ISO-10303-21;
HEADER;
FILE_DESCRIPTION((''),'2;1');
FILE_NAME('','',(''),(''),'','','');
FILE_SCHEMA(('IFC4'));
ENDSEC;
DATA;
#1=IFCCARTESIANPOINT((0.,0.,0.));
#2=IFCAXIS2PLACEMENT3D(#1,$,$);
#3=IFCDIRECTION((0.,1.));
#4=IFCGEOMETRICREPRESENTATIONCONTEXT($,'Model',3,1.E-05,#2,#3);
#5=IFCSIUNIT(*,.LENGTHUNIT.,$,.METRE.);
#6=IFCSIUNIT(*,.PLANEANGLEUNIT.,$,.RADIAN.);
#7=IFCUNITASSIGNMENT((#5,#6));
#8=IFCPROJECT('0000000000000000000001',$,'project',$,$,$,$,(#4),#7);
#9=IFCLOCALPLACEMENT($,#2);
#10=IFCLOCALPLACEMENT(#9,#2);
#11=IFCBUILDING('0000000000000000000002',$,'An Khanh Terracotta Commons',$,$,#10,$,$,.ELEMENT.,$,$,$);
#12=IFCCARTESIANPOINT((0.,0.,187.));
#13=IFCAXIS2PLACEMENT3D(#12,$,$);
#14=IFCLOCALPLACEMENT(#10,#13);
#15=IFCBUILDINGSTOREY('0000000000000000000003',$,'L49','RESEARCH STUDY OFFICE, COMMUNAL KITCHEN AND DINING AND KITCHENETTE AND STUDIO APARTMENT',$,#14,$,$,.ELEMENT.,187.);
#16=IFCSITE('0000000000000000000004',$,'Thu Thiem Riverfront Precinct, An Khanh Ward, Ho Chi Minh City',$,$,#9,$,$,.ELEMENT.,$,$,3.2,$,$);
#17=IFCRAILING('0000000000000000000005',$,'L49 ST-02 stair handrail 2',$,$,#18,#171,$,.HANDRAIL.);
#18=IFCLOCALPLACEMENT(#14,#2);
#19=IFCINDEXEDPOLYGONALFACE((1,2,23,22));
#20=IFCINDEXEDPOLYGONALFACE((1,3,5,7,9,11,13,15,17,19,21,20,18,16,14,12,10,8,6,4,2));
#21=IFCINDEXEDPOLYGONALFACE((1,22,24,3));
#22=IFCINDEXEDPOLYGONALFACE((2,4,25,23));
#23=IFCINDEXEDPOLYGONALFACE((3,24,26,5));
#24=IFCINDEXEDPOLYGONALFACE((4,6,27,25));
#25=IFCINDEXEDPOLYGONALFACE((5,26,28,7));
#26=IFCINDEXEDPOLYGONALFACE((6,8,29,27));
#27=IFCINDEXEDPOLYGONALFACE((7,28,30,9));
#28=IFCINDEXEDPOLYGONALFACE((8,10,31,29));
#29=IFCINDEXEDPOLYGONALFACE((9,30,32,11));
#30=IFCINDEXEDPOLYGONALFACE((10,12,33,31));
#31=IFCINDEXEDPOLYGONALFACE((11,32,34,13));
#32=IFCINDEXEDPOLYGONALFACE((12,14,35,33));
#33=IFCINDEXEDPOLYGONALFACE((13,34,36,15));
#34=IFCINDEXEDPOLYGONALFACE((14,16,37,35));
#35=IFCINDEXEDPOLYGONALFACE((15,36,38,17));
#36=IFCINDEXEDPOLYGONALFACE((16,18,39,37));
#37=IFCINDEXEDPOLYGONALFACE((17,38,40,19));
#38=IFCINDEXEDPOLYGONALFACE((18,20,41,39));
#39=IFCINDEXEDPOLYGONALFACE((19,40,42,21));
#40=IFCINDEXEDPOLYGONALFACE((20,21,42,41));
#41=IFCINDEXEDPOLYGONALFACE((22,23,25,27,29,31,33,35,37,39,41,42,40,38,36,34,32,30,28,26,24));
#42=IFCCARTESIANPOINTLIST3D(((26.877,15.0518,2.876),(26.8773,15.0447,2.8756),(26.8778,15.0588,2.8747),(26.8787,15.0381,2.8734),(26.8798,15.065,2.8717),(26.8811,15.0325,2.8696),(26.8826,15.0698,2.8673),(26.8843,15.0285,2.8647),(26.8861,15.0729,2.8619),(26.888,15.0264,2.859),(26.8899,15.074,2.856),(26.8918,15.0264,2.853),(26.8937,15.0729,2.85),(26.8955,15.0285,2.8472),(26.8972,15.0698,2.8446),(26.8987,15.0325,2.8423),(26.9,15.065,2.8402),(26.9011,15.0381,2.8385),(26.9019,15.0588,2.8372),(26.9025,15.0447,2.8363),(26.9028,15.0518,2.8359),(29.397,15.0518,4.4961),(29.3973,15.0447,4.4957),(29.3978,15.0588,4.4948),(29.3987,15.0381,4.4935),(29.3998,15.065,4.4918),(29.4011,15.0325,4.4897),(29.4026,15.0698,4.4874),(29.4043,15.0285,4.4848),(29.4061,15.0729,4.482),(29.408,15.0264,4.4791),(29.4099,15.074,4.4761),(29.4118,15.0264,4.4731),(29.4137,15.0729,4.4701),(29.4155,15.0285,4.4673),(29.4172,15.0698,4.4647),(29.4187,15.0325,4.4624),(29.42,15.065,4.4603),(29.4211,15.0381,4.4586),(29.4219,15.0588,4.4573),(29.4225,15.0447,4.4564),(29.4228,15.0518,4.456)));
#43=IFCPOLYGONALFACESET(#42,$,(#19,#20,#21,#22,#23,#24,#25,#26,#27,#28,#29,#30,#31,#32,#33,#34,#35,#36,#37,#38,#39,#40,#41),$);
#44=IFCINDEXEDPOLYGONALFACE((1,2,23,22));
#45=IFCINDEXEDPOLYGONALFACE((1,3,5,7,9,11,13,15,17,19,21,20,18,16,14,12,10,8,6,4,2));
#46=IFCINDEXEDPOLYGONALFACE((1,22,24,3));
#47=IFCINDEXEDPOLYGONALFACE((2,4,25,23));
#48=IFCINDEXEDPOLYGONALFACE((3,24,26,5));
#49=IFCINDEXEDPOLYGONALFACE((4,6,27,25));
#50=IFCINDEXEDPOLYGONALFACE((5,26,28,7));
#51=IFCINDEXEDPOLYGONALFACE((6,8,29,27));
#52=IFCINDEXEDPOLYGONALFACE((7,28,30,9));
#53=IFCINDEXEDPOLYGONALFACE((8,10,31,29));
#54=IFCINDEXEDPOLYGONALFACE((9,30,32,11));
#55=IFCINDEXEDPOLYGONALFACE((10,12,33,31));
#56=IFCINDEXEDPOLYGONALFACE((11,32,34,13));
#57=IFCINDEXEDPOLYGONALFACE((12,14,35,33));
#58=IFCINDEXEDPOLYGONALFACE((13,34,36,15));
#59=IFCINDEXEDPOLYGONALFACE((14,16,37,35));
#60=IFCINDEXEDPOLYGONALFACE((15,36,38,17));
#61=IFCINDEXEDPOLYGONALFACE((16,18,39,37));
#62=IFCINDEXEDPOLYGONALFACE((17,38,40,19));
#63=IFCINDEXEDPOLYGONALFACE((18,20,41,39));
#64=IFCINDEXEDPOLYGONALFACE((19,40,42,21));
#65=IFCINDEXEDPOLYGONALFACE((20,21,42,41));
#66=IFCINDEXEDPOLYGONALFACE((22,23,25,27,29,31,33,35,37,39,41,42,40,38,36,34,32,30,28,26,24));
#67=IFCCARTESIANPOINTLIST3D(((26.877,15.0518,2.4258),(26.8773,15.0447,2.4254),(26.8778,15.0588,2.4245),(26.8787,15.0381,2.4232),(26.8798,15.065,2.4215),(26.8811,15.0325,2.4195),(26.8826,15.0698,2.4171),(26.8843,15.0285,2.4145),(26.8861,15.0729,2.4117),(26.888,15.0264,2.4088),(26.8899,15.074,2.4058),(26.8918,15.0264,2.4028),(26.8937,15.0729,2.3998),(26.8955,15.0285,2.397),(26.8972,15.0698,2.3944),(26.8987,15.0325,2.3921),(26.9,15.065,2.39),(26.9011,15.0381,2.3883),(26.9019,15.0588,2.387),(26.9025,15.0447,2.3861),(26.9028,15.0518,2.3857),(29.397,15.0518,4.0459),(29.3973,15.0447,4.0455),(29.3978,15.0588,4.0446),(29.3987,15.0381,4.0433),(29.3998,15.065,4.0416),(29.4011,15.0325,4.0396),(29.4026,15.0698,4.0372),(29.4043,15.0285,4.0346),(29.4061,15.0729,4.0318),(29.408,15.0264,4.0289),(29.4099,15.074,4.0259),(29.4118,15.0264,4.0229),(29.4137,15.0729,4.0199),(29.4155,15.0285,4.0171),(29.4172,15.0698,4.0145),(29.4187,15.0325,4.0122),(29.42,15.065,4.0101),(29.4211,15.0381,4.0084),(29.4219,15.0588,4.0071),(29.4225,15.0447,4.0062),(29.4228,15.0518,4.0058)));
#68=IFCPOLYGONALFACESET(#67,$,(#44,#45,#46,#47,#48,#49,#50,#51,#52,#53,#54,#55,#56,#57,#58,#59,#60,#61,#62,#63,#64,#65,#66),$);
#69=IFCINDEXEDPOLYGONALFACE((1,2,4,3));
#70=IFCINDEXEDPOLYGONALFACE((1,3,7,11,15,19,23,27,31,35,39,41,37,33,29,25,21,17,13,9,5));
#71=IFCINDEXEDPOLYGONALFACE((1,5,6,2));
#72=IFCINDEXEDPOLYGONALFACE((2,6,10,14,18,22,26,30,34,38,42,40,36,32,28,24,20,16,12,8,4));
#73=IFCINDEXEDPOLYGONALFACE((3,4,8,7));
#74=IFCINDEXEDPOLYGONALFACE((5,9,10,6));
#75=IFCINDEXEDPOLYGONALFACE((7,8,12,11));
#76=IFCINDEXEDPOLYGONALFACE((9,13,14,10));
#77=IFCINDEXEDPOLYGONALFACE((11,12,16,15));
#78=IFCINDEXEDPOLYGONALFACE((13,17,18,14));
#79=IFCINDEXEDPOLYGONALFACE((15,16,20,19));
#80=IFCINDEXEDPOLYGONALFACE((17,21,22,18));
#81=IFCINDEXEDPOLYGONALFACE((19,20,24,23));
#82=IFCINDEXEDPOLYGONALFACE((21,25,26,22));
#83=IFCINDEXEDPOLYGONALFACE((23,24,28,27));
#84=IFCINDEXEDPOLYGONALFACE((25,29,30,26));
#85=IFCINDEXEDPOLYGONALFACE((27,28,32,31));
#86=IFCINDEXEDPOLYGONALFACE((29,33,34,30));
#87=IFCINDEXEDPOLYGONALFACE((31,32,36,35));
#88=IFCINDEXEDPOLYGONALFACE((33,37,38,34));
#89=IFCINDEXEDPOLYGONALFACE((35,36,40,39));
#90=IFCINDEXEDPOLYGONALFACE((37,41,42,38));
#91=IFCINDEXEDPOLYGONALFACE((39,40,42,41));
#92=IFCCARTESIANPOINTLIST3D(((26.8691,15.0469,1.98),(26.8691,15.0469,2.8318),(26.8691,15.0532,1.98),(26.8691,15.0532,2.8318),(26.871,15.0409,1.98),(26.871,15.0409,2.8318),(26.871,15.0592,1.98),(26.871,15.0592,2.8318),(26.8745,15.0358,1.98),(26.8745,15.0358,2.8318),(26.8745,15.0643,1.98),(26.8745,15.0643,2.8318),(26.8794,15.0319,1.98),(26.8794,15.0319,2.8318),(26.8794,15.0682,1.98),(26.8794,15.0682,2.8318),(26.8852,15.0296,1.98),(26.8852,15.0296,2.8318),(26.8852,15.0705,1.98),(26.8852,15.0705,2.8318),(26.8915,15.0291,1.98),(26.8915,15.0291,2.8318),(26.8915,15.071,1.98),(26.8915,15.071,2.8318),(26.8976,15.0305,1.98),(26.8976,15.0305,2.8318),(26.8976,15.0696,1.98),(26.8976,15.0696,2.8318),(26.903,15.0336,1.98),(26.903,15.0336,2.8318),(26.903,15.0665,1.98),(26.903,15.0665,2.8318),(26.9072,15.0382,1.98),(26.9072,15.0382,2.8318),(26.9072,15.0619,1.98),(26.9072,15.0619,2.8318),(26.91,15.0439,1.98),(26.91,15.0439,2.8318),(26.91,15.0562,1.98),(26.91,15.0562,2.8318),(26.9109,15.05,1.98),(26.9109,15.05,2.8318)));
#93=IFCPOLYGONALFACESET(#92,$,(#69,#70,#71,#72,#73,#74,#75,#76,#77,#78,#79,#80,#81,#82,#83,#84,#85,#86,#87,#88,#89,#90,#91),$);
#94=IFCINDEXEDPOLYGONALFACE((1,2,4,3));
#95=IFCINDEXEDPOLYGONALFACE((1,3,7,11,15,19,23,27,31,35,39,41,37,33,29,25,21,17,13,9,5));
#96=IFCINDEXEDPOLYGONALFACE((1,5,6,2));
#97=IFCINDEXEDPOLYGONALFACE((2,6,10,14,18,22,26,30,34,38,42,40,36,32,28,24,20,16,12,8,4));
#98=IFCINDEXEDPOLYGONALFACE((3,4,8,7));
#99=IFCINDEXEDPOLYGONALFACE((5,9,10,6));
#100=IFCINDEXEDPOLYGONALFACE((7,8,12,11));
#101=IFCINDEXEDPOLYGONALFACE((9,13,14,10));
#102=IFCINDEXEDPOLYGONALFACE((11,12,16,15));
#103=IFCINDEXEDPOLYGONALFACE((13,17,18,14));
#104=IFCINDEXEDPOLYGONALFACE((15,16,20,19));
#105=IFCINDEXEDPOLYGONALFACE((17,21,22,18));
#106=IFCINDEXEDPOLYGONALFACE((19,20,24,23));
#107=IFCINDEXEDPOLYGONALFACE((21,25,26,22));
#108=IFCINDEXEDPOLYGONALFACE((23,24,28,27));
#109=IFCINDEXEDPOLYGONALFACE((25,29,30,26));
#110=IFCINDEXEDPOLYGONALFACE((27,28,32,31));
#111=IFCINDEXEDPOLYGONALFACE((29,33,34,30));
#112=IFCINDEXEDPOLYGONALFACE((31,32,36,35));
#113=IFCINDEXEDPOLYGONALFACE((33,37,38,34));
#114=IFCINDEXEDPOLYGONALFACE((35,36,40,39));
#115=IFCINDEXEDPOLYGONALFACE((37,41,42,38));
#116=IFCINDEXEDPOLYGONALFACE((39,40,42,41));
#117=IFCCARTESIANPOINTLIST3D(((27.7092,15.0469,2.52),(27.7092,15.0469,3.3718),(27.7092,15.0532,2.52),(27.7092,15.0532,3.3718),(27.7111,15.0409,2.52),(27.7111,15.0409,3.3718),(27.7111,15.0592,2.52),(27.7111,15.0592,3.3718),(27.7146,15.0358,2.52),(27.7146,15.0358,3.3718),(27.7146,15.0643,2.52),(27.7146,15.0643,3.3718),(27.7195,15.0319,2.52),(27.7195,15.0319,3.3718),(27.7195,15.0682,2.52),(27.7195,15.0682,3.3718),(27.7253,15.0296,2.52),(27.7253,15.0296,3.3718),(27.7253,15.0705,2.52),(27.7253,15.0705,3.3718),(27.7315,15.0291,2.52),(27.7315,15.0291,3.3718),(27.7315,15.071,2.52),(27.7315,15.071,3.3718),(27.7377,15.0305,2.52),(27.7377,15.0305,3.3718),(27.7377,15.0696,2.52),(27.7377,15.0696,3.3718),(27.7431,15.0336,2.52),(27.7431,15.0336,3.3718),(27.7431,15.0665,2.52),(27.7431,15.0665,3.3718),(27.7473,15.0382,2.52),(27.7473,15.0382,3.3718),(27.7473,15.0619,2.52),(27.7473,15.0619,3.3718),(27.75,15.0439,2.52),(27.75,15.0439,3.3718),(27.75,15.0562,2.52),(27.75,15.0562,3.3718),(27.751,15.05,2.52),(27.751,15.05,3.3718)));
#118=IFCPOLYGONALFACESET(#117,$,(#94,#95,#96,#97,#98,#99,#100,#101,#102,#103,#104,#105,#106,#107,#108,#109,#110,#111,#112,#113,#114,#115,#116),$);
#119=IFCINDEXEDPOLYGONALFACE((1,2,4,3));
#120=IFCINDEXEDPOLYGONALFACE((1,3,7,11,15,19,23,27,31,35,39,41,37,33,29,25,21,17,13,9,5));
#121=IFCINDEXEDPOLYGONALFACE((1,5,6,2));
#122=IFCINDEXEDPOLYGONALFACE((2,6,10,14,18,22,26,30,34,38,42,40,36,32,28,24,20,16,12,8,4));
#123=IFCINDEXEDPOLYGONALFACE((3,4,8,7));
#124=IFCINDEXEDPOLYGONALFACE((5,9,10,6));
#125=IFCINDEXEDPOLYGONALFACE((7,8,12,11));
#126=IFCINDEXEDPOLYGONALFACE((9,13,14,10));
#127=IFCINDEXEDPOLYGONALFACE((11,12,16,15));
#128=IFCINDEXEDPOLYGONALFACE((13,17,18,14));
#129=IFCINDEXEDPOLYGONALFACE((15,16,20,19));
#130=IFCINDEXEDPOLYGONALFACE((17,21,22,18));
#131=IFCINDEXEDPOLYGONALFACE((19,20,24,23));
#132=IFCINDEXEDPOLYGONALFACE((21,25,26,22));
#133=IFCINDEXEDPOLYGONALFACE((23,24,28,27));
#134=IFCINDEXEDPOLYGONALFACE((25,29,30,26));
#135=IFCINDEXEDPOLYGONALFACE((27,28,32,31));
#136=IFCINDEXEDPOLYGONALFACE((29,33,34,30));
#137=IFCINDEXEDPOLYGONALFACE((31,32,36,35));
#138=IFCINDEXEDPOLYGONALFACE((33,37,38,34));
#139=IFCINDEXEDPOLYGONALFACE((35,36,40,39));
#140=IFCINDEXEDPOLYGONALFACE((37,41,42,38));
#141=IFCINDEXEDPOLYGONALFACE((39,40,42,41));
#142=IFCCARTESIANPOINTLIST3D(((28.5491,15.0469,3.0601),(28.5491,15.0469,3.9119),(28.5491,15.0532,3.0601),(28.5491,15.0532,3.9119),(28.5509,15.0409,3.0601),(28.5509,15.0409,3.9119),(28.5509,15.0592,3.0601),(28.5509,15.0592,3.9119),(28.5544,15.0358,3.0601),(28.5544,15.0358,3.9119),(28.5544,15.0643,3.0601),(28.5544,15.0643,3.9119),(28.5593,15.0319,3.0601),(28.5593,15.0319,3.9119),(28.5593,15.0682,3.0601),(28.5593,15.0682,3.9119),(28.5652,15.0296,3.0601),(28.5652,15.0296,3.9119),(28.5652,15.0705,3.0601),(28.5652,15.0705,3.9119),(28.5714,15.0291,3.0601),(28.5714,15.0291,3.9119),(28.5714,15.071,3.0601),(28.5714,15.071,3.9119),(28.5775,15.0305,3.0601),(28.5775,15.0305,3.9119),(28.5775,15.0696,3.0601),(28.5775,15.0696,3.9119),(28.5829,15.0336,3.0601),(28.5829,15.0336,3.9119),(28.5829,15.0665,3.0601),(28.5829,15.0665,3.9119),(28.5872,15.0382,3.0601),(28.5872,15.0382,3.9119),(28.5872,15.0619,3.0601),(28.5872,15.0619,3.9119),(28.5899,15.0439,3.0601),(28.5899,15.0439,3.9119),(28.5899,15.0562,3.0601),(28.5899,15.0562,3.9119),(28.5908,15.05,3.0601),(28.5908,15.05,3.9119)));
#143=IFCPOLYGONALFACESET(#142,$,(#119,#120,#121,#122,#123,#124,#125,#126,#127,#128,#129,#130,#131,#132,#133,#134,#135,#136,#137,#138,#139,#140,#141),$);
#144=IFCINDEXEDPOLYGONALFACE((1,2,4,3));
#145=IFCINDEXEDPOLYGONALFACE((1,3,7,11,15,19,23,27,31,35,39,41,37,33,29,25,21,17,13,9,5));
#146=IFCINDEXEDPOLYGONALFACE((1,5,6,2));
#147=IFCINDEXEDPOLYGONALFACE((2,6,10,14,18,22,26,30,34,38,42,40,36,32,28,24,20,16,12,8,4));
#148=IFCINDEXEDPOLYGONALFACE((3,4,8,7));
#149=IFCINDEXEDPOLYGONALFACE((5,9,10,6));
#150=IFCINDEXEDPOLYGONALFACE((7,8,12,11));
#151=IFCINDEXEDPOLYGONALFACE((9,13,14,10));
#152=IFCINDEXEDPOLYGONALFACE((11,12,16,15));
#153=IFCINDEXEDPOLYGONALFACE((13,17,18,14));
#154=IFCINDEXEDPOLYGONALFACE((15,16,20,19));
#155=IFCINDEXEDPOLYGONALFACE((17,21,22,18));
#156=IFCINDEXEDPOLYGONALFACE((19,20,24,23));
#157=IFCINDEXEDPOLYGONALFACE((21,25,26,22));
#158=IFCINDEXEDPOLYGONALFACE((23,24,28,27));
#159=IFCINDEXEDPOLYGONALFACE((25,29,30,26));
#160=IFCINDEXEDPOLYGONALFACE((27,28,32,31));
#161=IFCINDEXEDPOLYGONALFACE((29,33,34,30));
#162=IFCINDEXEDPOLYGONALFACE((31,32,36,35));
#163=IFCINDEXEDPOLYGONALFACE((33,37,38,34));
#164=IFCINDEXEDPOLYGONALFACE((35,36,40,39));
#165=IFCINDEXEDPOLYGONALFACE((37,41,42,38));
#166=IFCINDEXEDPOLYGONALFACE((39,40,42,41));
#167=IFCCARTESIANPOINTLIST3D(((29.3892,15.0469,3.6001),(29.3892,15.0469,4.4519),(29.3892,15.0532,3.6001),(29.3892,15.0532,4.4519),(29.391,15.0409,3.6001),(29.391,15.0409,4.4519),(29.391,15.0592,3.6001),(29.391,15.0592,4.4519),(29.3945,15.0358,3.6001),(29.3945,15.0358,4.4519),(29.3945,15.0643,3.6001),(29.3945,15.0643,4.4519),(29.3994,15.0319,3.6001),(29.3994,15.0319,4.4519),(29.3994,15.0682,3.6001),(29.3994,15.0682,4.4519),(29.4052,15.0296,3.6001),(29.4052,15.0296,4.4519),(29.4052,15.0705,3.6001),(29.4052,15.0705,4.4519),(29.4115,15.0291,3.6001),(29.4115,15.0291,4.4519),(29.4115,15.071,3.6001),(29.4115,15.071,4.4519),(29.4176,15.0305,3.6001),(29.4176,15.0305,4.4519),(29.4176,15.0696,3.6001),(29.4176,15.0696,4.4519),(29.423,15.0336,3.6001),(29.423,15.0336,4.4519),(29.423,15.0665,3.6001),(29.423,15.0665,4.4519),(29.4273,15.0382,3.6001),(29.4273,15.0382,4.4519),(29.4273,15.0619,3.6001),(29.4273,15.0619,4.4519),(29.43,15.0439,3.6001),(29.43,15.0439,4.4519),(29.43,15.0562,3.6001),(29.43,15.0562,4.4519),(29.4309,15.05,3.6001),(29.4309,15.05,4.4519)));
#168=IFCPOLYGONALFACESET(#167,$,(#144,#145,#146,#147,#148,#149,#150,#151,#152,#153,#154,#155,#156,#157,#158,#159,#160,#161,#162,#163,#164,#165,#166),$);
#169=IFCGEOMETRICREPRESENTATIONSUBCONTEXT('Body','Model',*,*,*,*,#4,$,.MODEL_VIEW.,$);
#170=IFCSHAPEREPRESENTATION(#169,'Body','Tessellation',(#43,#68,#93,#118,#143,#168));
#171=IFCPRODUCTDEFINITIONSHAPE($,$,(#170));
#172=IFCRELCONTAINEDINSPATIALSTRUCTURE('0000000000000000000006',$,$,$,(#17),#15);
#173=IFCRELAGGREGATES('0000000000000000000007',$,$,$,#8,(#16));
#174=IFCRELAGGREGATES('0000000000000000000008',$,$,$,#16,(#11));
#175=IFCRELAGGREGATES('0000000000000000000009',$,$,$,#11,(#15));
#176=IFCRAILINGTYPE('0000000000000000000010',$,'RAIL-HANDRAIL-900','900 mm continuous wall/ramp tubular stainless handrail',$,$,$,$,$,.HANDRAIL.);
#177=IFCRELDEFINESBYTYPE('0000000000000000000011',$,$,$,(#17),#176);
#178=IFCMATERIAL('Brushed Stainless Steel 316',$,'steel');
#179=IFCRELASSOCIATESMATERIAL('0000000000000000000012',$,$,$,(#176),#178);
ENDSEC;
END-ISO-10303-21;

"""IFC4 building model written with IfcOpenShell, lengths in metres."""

from ifc_helpers import new_model, si_unit, direction, frame, origin, origin_2d, place, context, subcontext, project, spatial, circle, extrude, material, type_object, element, save


model = new_model("IFC4")

# Units and contexts
model_context = context("Model", 3, precision=1e-05, world=origin(), true_north=direction((0.0, 1.0)))
body_context = subcontext(model_context, "Body", "Model", "MODEL_VIEW")
ifc_project = project(units=[si_unit("LENGTHUNIT", "METRE"), si_unit("PLANEANGLEUNIT", "RADIAN")], contexts=[model_context])

# Site, building, storey
site_placement = place(None, origin())
site = spatial("IfcSite", under=ifc_project, at=site_placement, Name="Thu Thiem Riverfront Precinct, An Khanh Ward, Ho Chi Minh City", CompositionType="ELEMENT", RefElevation=3.2)
building_placement = place(site_placement, origin())
building = spatial("IfcBuilding", under=site, at=building_placement, Name="An Khanh Terracotta Commons", CompositionType="ELEMENT")
storey_placement = place(building_placement, frame((0.0, 0.0, 187.0)))
storey = spatial("IfcBuildingStorey", under=building, at=storey_placement, Name="L49", Description="RESEARCH STUDY OFFICE, COMMUNAL KITCHEN AND DINING AND KITCHENETTE AND STUDIO APARTMENT", CompositionType="ELEMENT", Elevation=187.0)

# Railing
ifc_material_1 = material(Name="Brushed Stainless Steel 316", Category="steel")
railing_type_1 = type_object("IfcRailingType", Name="RAIL-HANDRAIL-900", Description="900 mm continuous wall/ramp tubular stainless handrail", PredefinedType="HANDRAIL", material=ifc_material_1)
railing_1_placement = place(storey_placement, frame((26.8899, 15.05, 1.98)))
element("IfcRailing", 1, at=railing_1_placement, inside=storey, type_object=railing_type_1, Name="L49 ST-02 stair handrail 2", PredefinedType="HANDRAIL", context=body_context, shape_type="SweptSolid", body=[
    extrude(circle(Radius=0.0239, at=origin_2d()), frame((0.0, 0.0, 0.876), z_axis=(0.841163, 0.0, 0.540782), x_axis=(0.0, 1.0, 0.0)), (0.0, 0.0, 1.0), 2.9958),
    extrude(circle(Radius=0.0239, at=origin_2d()), frame((0.0, 0.0, 0.4258), z_axis=(0.841163, 0.0, 0.540782), x_axis=(0.0, 1.0, 0.0)), (0.0, 0.0, 1.0), 2.9958),
    extrude(circle(Radius=0.021, at=origin_2d()), origin(), (0.0, 0.0, 1.0), 0.8518),
    extrude(circle(Radius=0.021, at=origin_2d()), frame((0.8401, 0.0, 0.54)), (0.0, 0.0, 1.0), 0.8518),
    extrude(circle(Radius=0.021, at=origin_2d()), frame((1.6799, 0.0, 1.0801)), (0.0, 0.0, 1.0), 0.8518),
    extrude(circle(Radius=0.021, at=origin_2d()), frame((2.52, 0.0, 1.6201)), (0.0, 0.0, 1.0), 0.8518),
])

save(model, "model.ifc")
